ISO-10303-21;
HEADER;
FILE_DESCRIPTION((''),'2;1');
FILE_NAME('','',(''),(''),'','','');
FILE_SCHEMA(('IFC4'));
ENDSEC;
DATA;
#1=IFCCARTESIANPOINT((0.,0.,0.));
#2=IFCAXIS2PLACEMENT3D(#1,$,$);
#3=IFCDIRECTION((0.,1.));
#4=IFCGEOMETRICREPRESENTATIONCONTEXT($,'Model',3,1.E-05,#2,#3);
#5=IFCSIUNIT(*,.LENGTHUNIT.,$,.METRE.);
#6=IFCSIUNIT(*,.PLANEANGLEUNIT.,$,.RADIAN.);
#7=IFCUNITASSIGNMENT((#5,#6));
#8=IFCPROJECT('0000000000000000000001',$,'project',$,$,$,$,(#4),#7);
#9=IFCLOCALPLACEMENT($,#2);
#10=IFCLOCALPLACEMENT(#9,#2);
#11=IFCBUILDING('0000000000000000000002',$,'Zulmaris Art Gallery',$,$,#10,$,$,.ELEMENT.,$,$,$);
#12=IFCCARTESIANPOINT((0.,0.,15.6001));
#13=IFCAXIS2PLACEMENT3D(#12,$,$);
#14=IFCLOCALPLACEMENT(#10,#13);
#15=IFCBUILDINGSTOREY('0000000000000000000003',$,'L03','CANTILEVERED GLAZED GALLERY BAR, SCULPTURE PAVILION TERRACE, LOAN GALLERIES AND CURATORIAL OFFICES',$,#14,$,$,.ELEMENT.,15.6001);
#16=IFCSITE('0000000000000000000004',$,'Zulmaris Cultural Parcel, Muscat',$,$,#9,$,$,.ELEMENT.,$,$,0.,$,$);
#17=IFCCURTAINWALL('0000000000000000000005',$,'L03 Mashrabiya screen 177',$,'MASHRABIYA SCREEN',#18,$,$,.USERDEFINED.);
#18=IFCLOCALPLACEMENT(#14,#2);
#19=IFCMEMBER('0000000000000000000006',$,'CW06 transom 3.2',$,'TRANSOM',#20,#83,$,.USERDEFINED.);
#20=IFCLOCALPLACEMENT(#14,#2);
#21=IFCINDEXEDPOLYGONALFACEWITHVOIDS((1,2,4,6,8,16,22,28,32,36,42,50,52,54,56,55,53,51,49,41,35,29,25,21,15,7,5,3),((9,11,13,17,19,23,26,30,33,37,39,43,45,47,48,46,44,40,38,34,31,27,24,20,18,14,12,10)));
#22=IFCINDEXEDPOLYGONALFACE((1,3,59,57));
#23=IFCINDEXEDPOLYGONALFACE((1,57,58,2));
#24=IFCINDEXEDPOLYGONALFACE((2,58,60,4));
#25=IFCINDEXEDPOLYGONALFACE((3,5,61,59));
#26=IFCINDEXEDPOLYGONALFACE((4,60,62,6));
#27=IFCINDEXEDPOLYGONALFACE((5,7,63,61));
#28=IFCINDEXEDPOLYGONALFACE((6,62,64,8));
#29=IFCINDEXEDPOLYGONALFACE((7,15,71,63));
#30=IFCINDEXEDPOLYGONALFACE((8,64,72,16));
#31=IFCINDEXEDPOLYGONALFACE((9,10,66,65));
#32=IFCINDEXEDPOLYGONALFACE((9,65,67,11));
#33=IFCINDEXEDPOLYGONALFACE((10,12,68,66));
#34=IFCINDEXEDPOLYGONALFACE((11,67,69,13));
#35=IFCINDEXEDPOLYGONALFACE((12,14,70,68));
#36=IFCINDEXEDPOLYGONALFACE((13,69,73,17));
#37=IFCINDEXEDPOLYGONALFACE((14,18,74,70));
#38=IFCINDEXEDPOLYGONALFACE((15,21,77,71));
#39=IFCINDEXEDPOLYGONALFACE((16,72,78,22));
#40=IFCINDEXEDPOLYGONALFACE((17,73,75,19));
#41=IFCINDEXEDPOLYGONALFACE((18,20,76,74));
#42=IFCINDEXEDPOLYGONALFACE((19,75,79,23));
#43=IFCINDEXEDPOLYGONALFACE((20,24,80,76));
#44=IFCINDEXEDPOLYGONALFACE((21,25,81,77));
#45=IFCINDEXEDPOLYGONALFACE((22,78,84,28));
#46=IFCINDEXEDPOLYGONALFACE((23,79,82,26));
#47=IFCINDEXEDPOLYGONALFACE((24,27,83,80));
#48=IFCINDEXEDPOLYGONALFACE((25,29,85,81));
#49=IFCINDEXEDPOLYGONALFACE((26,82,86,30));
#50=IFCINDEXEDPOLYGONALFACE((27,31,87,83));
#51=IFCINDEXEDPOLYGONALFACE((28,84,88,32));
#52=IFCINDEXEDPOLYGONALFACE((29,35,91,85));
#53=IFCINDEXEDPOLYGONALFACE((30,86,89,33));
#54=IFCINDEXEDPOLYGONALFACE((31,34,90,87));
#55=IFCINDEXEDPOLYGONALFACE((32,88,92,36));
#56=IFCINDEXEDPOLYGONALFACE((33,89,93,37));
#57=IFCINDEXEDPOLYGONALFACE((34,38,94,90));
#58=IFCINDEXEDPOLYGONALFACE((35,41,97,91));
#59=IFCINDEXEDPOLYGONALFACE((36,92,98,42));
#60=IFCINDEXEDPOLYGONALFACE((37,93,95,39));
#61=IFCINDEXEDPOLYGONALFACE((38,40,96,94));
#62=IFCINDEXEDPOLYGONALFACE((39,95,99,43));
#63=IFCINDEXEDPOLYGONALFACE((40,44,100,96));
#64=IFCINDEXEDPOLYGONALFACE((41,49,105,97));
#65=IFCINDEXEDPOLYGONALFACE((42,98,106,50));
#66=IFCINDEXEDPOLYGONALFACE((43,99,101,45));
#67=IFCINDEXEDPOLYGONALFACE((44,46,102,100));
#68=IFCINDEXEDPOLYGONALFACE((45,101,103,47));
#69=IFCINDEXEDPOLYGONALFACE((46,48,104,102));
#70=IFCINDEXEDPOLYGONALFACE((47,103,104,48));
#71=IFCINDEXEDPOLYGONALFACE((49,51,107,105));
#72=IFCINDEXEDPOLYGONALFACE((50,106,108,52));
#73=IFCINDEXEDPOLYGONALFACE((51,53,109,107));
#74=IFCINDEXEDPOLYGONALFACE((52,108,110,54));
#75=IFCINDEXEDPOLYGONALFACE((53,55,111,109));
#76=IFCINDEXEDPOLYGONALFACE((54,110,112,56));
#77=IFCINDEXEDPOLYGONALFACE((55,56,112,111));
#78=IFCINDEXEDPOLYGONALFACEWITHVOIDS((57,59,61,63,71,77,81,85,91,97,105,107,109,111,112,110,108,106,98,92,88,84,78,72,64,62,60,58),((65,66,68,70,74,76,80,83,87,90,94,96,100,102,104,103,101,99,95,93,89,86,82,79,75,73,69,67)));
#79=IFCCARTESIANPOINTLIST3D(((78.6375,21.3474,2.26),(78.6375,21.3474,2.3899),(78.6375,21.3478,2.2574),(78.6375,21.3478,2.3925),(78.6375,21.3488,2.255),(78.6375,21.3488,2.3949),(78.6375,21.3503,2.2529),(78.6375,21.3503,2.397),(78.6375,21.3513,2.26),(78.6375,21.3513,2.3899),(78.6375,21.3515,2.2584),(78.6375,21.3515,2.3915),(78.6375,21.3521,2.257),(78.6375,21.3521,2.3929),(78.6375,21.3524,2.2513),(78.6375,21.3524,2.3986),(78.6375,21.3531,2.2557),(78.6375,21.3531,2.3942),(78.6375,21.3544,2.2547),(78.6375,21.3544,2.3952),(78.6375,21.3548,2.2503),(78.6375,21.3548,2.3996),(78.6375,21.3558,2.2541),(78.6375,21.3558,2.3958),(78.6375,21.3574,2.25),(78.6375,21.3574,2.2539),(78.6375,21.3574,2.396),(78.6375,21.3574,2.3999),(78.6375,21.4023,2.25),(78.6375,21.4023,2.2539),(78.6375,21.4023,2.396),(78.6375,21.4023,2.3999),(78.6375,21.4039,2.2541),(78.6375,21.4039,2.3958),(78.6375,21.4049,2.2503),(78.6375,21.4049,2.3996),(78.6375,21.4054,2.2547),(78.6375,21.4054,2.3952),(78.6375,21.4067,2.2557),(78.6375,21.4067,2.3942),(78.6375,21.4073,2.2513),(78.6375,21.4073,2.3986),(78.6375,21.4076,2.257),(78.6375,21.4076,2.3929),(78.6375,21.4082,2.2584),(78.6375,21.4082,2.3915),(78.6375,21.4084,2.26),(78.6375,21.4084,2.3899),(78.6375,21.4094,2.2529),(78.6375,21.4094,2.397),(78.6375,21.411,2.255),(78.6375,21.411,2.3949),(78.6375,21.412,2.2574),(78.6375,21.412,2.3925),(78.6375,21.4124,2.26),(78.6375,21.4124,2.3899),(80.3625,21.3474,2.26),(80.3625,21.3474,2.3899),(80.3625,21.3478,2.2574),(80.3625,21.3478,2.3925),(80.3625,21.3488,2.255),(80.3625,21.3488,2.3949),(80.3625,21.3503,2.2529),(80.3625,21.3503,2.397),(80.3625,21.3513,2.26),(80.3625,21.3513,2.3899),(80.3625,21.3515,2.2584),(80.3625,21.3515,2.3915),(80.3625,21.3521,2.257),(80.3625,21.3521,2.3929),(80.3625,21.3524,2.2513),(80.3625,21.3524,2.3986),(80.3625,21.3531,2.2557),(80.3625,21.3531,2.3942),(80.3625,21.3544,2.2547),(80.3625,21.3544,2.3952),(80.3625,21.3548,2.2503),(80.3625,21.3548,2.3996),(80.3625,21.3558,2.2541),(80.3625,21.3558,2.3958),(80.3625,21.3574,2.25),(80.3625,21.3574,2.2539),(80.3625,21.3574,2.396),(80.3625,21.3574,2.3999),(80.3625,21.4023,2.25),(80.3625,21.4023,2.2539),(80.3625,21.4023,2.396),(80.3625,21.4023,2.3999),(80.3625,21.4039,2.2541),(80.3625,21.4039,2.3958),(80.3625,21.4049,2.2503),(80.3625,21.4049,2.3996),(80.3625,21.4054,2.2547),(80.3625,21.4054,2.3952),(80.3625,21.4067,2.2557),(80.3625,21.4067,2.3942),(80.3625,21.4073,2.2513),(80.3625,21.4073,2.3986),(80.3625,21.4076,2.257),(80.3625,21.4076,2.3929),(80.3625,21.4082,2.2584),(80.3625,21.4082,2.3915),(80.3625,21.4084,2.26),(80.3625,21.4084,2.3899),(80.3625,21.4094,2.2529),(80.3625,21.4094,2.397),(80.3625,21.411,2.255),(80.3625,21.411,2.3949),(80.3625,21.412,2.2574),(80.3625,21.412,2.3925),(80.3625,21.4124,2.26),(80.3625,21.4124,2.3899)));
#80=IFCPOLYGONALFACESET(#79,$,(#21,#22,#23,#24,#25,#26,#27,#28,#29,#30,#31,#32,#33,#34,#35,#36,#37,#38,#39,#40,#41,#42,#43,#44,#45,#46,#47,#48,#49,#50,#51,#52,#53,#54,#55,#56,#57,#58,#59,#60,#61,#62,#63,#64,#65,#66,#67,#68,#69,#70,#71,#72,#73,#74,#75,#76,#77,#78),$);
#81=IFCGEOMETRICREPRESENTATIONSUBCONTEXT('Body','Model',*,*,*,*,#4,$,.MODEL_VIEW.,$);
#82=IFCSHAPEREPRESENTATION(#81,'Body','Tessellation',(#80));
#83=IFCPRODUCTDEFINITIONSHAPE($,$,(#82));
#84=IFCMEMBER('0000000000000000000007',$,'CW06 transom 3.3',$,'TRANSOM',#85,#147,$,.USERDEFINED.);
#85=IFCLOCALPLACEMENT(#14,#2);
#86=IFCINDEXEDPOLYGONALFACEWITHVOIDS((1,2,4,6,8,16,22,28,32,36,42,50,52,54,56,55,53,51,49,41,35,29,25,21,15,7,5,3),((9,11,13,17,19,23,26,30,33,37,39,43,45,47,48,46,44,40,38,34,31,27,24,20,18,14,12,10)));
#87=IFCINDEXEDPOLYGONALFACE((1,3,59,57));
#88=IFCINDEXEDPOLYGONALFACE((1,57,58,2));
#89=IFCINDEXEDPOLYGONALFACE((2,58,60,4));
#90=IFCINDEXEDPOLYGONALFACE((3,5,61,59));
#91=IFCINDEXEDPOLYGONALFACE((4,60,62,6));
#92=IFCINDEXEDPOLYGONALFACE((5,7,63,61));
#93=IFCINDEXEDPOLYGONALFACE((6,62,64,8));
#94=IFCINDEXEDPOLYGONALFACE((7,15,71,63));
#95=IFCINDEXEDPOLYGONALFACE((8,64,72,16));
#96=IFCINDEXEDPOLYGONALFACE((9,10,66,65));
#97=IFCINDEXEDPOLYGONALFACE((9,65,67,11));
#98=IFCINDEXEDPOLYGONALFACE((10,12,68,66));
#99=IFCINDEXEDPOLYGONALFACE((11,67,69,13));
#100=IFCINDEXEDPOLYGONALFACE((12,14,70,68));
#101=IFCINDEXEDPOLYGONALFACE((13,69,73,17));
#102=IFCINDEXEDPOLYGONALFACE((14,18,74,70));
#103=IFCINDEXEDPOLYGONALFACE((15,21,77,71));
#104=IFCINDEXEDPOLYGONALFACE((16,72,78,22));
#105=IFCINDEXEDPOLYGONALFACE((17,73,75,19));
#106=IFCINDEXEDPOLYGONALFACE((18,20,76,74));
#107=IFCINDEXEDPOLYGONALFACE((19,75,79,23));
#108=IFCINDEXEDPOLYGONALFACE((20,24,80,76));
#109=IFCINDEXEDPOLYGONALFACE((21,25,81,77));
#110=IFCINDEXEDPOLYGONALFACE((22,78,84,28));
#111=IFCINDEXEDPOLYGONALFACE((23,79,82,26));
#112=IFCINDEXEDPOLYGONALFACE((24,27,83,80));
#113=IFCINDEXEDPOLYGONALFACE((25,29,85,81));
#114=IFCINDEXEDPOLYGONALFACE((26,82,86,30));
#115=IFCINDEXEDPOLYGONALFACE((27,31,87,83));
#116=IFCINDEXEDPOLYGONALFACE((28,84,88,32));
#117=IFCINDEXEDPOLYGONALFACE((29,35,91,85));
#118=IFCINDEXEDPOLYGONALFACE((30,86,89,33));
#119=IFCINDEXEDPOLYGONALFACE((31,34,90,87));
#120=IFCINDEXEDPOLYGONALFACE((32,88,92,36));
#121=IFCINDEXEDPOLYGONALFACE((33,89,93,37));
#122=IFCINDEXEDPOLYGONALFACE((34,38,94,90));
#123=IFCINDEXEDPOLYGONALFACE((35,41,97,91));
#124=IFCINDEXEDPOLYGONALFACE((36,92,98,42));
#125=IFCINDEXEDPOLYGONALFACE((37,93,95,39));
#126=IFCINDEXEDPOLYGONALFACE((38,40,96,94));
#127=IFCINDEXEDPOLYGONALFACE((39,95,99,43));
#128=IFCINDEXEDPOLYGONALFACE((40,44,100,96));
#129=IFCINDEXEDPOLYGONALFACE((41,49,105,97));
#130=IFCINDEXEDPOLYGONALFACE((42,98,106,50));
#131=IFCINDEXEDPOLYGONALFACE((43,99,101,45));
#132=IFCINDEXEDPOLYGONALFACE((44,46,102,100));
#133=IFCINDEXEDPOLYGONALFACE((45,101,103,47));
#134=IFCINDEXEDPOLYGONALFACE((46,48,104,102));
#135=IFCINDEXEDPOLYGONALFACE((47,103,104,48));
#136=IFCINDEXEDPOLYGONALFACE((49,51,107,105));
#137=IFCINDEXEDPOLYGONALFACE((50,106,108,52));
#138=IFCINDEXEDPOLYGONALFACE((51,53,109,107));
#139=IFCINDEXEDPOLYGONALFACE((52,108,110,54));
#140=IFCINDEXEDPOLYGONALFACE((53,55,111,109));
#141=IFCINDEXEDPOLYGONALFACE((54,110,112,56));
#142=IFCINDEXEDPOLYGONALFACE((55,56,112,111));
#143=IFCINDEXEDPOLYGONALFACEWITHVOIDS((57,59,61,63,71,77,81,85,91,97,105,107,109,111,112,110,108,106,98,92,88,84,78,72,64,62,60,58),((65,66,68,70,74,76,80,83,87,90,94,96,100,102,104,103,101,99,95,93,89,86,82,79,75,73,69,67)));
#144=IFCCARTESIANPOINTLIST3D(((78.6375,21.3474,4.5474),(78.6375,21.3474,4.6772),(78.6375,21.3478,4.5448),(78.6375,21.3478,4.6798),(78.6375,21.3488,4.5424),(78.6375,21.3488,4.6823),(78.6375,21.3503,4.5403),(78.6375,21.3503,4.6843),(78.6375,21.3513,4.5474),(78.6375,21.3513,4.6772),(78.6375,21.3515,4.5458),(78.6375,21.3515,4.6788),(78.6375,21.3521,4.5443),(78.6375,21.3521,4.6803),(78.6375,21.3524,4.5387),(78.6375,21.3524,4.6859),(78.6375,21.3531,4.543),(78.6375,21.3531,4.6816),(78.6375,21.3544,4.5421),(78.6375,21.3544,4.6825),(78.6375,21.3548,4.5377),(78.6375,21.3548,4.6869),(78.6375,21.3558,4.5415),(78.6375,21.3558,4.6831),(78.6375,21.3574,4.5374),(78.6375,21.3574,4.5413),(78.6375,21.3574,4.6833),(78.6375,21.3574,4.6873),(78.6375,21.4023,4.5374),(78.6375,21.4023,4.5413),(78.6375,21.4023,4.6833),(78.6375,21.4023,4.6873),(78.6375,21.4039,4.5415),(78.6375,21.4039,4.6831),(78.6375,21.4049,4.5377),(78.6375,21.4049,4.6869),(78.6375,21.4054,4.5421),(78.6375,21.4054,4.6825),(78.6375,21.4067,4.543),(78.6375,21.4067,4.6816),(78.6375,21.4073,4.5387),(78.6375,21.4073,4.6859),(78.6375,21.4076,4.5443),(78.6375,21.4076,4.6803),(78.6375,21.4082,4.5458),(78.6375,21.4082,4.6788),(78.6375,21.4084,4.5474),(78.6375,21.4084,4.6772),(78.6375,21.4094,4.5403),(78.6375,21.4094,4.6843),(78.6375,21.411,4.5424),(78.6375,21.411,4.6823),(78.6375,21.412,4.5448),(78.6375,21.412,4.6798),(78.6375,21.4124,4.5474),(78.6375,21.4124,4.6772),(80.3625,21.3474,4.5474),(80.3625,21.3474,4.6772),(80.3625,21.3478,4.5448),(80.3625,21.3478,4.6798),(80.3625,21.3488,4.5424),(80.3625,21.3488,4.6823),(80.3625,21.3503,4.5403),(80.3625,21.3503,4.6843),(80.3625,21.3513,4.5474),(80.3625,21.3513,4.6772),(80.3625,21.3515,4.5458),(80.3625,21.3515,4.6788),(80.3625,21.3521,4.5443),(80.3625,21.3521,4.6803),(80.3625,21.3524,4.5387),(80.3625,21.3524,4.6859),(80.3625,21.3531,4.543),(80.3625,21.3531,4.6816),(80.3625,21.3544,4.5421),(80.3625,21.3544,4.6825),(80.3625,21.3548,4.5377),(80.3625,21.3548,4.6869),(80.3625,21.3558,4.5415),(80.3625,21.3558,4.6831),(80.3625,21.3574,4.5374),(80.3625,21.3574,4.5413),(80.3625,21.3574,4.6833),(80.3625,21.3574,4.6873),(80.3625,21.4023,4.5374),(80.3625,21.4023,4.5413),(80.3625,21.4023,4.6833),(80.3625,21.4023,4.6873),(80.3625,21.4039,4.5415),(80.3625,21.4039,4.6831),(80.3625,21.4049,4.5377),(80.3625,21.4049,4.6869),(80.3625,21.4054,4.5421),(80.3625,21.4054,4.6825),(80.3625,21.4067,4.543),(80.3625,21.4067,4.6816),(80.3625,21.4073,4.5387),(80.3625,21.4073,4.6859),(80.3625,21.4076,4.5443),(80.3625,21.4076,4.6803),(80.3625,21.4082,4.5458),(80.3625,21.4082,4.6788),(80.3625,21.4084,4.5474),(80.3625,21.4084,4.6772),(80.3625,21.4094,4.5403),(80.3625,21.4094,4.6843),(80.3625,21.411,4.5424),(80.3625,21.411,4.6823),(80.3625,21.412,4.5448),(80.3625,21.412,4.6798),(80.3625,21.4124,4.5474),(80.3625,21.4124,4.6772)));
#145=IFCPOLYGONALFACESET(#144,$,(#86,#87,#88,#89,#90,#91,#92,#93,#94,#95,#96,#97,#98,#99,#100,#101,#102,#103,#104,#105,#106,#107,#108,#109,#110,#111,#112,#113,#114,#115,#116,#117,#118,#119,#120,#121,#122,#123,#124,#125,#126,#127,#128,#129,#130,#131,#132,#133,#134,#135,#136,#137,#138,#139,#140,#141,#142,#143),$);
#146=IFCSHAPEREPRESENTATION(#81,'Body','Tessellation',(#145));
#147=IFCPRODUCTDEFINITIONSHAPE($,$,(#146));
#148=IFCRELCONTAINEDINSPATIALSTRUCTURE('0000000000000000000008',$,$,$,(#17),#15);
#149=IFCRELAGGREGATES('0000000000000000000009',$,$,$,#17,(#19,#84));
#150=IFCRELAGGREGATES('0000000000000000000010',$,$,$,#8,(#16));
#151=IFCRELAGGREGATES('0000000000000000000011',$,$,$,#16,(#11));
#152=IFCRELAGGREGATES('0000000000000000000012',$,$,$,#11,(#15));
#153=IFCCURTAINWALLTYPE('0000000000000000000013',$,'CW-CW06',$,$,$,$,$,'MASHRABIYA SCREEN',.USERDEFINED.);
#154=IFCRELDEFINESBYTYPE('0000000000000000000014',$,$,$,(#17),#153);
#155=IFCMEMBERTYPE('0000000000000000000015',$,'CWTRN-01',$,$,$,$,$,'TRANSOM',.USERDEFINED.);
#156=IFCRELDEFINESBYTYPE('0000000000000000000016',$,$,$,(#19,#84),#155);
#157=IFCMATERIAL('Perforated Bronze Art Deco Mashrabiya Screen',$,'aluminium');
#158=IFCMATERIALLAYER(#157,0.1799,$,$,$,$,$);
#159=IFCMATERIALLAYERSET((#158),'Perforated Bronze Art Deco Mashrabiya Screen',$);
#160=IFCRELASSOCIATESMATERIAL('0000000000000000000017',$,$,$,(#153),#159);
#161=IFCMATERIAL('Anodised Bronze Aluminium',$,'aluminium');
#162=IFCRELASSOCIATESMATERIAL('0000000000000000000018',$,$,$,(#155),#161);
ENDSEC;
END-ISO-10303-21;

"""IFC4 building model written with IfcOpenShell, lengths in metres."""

from ifc_helpers import new_model, si_unit, direction, frame, origin, origin_2d, place, context, subcontext, project, spatial, hollow_rectangle, extrude, material, layer, layer_set, material_profile, profile_set, type_object, element, aggregate, save


model = new_model("IFC4")

# Units and contexts
model_context = context("Model", 3, precision=1e-05, world=origin(), true_north=direction((0.0, 1.0)))
body_context = subcontext(model_context, "Body", "Model", "MODEL_VIEW")
ifc_project = project(units=[si_unit("LENGTHUNIT", "METRE"), si_unit("PLANEANGLEUNIT", "RADIAN")], contexts=[model_context])

# Site, building, storey
site_placement = place(None, origin())
site = spatial("IfcSite", under=ifc_project, at=site_placement, Name="Zulmaris Cultural Parcel, Muscat", CompositionType="ELEMENT", RefElevation=0.0)
building_placement = place(site_placement, origin())
building = spatial("IfcBuilding", under=site, at=building_placement, Name="Zulmaris Art Gallery", CompositionType="ELEMENT")
storey_placement = place(building_placement, frame((0.0, 0.0, 15.6001)))
storey = spatial("IfcBuildingStorey", under=building, at=storey_placement, Name="L03", Description="CANTILEVERED GLAZED GALLERY BAR, SCULPTURE PAVILION TERRACE, LOAN GALLERIES AND CURATORIAL OFFICES", CompositionType="ELEMENT", Elevation=15.6001)

# Curtain wall
ifc_material_1 = material(Name="Anodised Bronze Aluminium", Category="aluminium")
ifc_material_2 = material(Name="Perforated Bronze Art Deco Mashrabiya Screen", Category="aluminium")
ifc_layer_1 = layer(ifc_material_2, 0.1799)
ifc_layer_set_1 = layer_set([ifc_layer_1], Name="Perforated Bronze Art Deco Mashrabiya Screen")
curtain_wall_type_1 = type_object("IfcCurtainWallType", Name="CW-CW06", ElementType="MASHRABIYA SCREEN", PredefinedType="USERDEFINED", material=ifc_layer_set_1)
curtain_wall_1_placement = place(storey_placement, origin())
curtain_wall_1 = element("IfcCurtainWall", 1, at=curtain_wall_1_placement, inside=storey, type_object=curtain_wall_type_1, Name="L03 Mashrabiya screen 177", ObjectType="MASHRABIYA SCREEN", PredefinedType="USERDEFINED")

# Members
ifc_material_profile_1 = material_profile(ifc_material_1, hollow_rectangle(XDim=0.0649, YDim=0.1499, WallThickness=0.0039, InnerFilletRadius=0.0061, OuterFilletRadius=0.01, at=origin_2d()), Name="ALU 65x150x4")
ifc_profile_set_1 = profile_set([ifc_material_profile_1], Name="Anodised Bronze Aluminium")
member_type_1 = type_object("IfcMemberType", Name="CWTRN-01", ElementType="TRANSOM", PredefinedType="USERDEFINED", material=ifc_profile_set_1)
member_1_placement = place(storey_placement, frame((78.6375, 21.3799, 2.325), z_axis=(1.0, 0.0, 0.0), x_axis=(0.0, 1.0, 0.0)))
member_1 = element("IfcMember", 2, at=member_1_placement, type_object=member_type_1, Name="CW06 transom 3.2", ObjectType="TRANSOM", PredefinedType="USERDEFINED", context=body_context, shape_type="SweptSolid", body=[
    extrude(hollow_rectangle(XDim=0.0649, YDim=0.1499, WallThickness=0.0039, InnerFilletRadius=0.0061, OuterFilletRadius=0.01, at=origin_2d()), origin(), (0.0, 0.0, 1.0), 1.7251),
])
member_2_placement = place(storey_placement, frame((78.6375, 21.3799, 4.6123), z_axis=(1.0, 0.0, 0.0), x_axis=(0.0, 1.0, 0.0)))
member_2 = element("IfcMember", 3, at=member_2_placement, type_object=member_type_1, Name="CW06 transom 3.3", ObjectType="TRANSOM", PredefinedType="USERDEFINED", context=body_context, shape_type="SweptSolid", body=[
    extrude(hollow_rectangle(XDim=0.0649, YDim=0.1499, WallThickness=0.0039, InnerFilletRadius=0.0061, OuterFilletRadius=0.01, at=origin_2d()), origin(), (0.0, 0.0, 1.0), 1.7251),
])

aggregate(curtain_wall_1, [member_1, member_2])

save(model, "model.ifc")
